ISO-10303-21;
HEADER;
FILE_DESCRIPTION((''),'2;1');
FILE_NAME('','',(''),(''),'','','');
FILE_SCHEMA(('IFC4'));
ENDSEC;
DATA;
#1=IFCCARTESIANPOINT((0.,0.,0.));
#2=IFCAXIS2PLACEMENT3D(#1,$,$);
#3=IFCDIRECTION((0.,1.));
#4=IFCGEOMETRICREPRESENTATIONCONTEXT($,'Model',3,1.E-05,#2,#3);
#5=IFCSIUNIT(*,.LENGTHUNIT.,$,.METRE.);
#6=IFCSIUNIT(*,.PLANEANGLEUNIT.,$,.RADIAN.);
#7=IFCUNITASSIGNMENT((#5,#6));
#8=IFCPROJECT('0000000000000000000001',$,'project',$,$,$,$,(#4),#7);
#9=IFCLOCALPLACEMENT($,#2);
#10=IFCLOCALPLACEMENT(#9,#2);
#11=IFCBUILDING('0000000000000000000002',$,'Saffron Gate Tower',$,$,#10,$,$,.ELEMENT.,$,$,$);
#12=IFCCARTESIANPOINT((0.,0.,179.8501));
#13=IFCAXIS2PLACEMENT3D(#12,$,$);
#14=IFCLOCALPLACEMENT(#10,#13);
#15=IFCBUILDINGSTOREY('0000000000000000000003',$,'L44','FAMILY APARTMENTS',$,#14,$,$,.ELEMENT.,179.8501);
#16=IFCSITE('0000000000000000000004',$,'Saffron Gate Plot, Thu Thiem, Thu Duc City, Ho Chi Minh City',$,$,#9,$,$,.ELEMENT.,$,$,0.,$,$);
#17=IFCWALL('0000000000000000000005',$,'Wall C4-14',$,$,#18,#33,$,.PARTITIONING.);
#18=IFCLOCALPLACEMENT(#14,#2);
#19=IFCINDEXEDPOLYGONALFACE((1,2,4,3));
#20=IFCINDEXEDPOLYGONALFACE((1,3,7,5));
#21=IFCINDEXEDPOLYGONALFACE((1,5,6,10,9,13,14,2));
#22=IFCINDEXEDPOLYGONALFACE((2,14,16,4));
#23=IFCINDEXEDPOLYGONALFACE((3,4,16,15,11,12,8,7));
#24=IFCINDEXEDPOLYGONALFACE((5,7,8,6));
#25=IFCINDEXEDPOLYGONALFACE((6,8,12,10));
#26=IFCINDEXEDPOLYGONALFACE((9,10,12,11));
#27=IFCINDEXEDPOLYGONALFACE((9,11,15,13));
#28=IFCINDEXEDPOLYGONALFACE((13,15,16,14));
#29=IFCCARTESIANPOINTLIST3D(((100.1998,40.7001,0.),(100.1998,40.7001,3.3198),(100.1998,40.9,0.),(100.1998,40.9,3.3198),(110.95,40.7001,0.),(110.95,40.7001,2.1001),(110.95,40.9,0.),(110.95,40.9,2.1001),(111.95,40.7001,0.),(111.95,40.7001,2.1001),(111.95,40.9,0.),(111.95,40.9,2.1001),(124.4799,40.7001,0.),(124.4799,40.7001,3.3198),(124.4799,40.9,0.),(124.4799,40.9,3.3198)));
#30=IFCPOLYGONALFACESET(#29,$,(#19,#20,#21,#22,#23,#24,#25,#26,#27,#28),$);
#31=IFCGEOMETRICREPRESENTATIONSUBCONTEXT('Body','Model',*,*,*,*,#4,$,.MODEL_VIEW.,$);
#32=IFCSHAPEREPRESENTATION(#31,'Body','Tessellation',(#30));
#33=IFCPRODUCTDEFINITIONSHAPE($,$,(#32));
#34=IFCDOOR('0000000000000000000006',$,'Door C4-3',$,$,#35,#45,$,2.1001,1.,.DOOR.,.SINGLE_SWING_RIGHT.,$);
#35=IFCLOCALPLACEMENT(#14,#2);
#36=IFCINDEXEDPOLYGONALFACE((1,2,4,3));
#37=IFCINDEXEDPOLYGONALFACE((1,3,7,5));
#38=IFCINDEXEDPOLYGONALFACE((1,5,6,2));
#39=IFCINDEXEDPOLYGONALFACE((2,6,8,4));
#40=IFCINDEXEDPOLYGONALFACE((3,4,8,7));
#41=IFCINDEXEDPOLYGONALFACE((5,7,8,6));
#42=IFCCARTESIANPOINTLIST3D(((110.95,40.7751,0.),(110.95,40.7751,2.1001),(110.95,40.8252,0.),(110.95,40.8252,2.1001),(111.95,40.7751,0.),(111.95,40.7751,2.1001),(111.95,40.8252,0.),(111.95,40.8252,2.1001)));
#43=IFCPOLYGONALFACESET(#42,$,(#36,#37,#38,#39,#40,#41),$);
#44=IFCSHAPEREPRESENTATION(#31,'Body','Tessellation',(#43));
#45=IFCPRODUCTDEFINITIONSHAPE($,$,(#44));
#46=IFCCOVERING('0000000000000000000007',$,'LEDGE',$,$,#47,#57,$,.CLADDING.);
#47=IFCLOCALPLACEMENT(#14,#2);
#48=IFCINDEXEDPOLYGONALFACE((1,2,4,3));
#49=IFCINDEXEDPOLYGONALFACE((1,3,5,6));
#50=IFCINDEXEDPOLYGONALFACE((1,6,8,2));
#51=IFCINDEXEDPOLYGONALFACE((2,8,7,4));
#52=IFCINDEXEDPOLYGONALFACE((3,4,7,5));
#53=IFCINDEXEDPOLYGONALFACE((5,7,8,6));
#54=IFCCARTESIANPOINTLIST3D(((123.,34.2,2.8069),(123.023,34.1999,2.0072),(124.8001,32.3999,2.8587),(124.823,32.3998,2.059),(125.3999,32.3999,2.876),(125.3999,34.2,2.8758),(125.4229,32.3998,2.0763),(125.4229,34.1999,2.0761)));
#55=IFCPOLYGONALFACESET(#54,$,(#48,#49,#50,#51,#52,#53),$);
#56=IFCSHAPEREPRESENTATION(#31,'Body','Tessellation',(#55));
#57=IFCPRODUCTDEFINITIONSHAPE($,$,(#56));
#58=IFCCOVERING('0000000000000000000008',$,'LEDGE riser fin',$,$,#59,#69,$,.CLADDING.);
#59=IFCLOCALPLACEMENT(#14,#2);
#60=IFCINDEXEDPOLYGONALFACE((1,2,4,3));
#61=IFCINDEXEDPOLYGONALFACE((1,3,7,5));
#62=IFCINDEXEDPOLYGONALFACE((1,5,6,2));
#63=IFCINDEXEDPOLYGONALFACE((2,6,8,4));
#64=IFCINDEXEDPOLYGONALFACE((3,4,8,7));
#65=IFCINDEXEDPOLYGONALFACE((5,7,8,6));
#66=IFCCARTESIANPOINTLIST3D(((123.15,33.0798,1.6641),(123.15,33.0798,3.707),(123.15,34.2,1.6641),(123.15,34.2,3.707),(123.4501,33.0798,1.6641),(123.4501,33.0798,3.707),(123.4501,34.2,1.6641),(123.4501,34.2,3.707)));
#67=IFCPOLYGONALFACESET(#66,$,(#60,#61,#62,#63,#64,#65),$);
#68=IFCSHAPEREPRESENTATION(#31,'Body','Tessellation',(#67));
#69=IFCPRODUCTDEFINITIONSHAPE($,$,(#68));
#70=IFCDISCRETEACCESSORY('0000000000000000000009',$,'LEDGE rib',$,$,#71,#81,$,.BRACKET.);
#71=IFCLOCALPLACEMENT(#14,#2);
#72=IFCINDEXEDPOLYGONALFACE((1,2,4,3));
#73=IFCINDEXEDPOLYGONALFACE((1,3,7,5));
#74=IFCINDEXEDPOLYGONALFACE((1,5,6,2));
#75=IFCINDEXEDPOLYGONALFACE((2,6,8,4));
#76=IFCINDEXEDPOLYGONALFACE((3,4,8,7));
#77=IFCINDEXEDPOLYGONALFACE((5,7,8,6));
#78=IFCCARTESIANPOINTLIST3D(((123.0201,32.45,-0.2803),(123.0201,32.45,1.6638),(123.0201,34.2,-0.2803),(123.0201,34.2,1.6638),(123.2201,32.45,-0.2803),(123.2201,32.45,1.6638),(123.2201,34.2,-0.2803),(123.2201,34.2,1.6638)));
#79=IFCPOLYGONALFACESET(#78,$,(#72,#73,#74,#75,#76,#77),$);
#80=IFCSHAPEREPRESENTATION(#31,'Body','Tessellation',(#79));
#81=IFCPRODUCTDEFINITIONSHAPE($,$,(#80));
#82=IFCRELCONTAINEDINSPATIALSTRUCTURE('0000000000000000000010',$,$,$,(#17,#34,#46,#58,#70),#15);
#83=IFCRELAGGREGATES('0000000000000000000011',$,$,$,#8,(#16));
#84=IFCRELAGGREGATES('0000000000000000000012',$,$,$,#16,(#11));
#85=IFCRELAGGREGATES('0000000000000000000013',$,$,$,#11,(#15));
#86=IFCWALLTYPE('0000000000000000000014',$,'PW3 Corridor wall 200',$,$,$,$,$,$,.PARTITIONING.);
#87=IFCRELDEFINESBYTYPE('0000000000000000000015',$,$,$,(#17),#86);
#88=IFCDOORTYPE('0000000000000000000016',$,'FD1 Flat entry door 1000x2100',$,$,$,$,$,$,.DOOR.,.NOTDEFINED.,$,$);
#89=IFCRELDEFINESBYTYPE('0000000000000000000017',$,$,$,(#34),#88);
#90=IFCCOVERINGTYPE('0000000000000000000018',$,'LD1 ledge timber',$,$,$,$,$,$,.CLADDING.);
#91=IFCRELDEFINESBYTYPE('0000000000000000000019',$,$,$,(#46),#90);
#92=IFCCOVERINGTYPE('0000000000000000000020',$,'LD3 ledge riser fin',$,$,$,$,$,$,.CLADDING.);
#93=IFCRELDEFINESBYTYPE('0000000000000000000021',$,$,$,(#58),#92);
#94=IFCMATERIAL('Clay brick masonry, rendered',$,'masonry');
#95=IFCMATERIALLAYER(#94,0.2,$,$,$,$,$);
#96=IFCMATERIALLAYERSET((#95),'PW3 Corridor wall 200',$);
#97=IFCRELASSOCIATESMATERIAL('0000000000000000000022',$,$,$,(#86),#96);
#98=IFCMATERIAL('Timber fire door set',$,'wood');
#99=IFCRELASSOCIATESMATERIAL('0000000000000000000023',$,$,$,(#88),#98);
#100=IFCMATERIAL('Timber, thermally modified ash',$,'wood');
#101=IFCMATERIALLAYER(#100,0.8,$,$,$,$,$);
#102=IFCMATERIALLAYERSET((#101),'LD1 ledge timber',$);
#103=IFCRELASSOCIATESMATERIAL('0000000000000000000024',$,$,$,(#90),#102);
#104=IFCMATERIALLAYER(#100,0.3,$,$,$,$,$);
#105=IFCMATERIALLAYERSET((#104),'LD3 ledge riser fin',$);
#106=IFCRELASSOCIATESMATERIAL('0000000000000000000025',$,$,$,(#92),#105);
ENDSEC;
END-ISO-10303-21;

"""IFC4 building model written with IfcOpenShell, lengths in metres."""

from ifc_helpers import new_model, si_unit, direction, frame, frame_2d, origin, origin_2d, place, context, subcontext, project, spatial, polyline, rectangle, outline, extrude, material, layer, layer_set, type_object, element, fill, save


model = new_model("IFC4")

# Units and contexts
model_context = context("Model", 3, precision=1e-05, world=origin(), true_north=direction((0.0, 1.0)))
body_context = subcontext(model_context, "Body", "Model", "MODEL_VIEW")
ifc_project = project(units=[si_unit("LENGTHUNIT", "METRE"), si_unit("PLANEANGLEUNIT", "RADIAN")], contexts=[model_context])

# Site, building, storey
site_placement = place(None, origin())
site = spatial("IfcSite", under=ifc_project, at=site_placement, Name="Saffron Gate Plot, Thu Thiem, Thu Duc City, Ho Chi Minh City", CompositionType="ELEMENT", RefElevation=0.0)
building_placement = place(site_placement, origin())
building = spatial("IfcBuilding", under=site, at=building_placement, Name="Saffron Gate Tower", CompositionType="ELEMENT")
storey_placement = place(building_placement, frame((0.0, 0.0, 179.8501)))
storey = spatial("IfcBuildingStorey", under=building, at=storey_placement, Name="L44", Description="FAMILY APARTMENTS", CompositionType="ELEMENT", Elevation=179.8501)

# Wall, opening, door
ifc_material_1 = material(Name="Clay brick masonry, rendered", Category="masonry")
ifc_layer_1 = layer(ifc_material_1, 0.2)
ifc_layer_set_1 = layer_set([ifc_layer_1], Name="PW3 Corridor wall 200")
wall_type_1 = type_object("IfcWallType", Name="PW3 Corridor wall 200", PredefinedType="PARTITIONING", material=ifc_layer_set_1)
wall_1_placement = place(storey_placement, frame((124.48, 40.8, 0.0), z_axis=(0.0, 0.0, 1.0), x_axis=(-1.0, 0.0, 0.0)))
wall_1 = element("IfcWall", 1, at=wall_1_placement, inside=storey, type_object=wall_type_1, Name="Wall C4-14", PredefinedType="PARTITIONING", context=body_context, shape_type="SweptSolid", body=[
    extrude(rectangle(XDim=24.28, YDim=0.2, at=frame_2d((12.1401, 0.0))), origin(), (0.0, 0.0, 1.0), 3.3198),
])
opening_1_placement = place(wall_1_placement, frame((12.53, 0.0, 0.0)))
opening_1 = element("IfcOpeningElement", 2, at=opening_1_placement, cuts=wall_1, PredefinedType="OPENING", context=body_context, shape_type="SweptSolid", body=[
    extrude(rectangle(XDim=1.0, YDim=2.1001, at=frame_2d((0.5, 1.05))), frame((0.0, 0.1099, 0.0), z_axis=(0.0, -1.0, 0.0), x_axis=(1.0, 0.0, 0.0)), (0.0, 0.0, 1.0), 0.22),
])
ifc_material_2 = material(Name="Timber fire door set", Category="wood")
door_type_1 = type_object("IfcDoorType", Name="FD1 Flat entry door 1000x2100", OperationType="NOTDEFINED", PredefinedType="DOOR", material=ifc_material_2)
door_1_placement = place(opening_1_placement, origin())
door_1 = element("IfcDoor", 3, at=door_1_placement, inside=storey, type_object=door_type_1, Name="Door C4-3", OperationType="SINGLE_SWING_RIGHT", OverallHeight=2.1001, OverallWidth=1.0, PredefinedType="DOOR", context=body_context, shape_type="SweptSolid", body=[
    extrude(rectangle(XDim=1.0, YDim=2.1001, at=frame_2d((0.5, 1.05))), frame((0.0, 0.0249, 0.0), z_axis=(0.0, -1.0, 0.0), x_axis=(1.0, 0.0, 0.0)), (0.0, 0.0, 1.0), 0.05),
])
fill(opening_1, door_1)

# Coverings
ifc_material_3 = material(Name="Timber, thermally modified ash", Category="wood")
ifc_layer_2 = layer(ifc_material_3, 0.8)
ifc_layer_set_2 = layer_set([ifc_layer_2], Name="LD1 ledge timber")
covering_type_1 = type_object("IfcCoveringType", Name="LD1 ledge timber", PredefinedType="CLADDING", material=ifc_layer_set_2)
covering_1_placement = place(storey_placement, frame((123.0, 34.2, 2.8069), z_axis=(-0.028718, 0.00008, 0.999588), x_axis=(0.999588, 0.0, 0.028718)))
element("IfcCovering", 4, at=covering_1_placement, inside=storey, type_object=covering_type_1, Name="LEDGE", PredefinedType="CLADDING", context=body_context, shape_type="SweptSolid", body=[
    extrude(outline(polyline([(0.0, 0.0), (2.4009, 0.0), (2.4009, -1.8), (1.8008, -1.8), (0.0, 0.0)])), origin(), (0.0, 0.0, -1.0), 0.8),
])
ifc_layer_3 = layer(ifc_material_3, 0.3)
ifc_layer_set_3 = layer_set([ifc_layer_3], Name="LD3 ledge riser fin")
covering_type_2 = type_object("IfcCoveringType", Name="LD3 ledge riser fin", PredefinedType="CLADDING", material=ifc_layer_set_3)
covering_2_placement = place(storey_placement, frame((123.3, 33.6399, 1.6641), z_axis=(0.0, 0.0, 1.0), x_axis=(1.0, 0.0, 0.0)))
element("IfcCovering", 5, at=covering_2_placement, inside=storey, type_object=covering_type_2, Name="LEDGE riser fin", PredefinedType="CLADDING", context=body_context, shape_type="SweptSolid", body=[
    extrude(rectangle(XDim=0.3, YDim=1.1201, at=origin_2d()), origin(), (0.0, 0.0, 1.0), 2.043),
])

# Discrete accessory
discrete_accessory_placement = place(storey_placement, frame((123.1201, 33.325, -0.2803), z_axis=(0.0, 0.0, 1.0), x_axis=(1.0, 0.0, 0.0)))
element("IfcDiscreteAccessory", 6, at=discrete_accessory_placement, inside=storey, Name="LEDGE rib", PredefinedType="BRACKET", context=body_context, shape_type="SweptSolid", body=[
    extrude(rectangle(XDim=0.2, YDim=1.75, at=origin_2d()), origin(), (0.0, 0.0, 1.0), 1.9441),
])

save(model, "model.ifc")
